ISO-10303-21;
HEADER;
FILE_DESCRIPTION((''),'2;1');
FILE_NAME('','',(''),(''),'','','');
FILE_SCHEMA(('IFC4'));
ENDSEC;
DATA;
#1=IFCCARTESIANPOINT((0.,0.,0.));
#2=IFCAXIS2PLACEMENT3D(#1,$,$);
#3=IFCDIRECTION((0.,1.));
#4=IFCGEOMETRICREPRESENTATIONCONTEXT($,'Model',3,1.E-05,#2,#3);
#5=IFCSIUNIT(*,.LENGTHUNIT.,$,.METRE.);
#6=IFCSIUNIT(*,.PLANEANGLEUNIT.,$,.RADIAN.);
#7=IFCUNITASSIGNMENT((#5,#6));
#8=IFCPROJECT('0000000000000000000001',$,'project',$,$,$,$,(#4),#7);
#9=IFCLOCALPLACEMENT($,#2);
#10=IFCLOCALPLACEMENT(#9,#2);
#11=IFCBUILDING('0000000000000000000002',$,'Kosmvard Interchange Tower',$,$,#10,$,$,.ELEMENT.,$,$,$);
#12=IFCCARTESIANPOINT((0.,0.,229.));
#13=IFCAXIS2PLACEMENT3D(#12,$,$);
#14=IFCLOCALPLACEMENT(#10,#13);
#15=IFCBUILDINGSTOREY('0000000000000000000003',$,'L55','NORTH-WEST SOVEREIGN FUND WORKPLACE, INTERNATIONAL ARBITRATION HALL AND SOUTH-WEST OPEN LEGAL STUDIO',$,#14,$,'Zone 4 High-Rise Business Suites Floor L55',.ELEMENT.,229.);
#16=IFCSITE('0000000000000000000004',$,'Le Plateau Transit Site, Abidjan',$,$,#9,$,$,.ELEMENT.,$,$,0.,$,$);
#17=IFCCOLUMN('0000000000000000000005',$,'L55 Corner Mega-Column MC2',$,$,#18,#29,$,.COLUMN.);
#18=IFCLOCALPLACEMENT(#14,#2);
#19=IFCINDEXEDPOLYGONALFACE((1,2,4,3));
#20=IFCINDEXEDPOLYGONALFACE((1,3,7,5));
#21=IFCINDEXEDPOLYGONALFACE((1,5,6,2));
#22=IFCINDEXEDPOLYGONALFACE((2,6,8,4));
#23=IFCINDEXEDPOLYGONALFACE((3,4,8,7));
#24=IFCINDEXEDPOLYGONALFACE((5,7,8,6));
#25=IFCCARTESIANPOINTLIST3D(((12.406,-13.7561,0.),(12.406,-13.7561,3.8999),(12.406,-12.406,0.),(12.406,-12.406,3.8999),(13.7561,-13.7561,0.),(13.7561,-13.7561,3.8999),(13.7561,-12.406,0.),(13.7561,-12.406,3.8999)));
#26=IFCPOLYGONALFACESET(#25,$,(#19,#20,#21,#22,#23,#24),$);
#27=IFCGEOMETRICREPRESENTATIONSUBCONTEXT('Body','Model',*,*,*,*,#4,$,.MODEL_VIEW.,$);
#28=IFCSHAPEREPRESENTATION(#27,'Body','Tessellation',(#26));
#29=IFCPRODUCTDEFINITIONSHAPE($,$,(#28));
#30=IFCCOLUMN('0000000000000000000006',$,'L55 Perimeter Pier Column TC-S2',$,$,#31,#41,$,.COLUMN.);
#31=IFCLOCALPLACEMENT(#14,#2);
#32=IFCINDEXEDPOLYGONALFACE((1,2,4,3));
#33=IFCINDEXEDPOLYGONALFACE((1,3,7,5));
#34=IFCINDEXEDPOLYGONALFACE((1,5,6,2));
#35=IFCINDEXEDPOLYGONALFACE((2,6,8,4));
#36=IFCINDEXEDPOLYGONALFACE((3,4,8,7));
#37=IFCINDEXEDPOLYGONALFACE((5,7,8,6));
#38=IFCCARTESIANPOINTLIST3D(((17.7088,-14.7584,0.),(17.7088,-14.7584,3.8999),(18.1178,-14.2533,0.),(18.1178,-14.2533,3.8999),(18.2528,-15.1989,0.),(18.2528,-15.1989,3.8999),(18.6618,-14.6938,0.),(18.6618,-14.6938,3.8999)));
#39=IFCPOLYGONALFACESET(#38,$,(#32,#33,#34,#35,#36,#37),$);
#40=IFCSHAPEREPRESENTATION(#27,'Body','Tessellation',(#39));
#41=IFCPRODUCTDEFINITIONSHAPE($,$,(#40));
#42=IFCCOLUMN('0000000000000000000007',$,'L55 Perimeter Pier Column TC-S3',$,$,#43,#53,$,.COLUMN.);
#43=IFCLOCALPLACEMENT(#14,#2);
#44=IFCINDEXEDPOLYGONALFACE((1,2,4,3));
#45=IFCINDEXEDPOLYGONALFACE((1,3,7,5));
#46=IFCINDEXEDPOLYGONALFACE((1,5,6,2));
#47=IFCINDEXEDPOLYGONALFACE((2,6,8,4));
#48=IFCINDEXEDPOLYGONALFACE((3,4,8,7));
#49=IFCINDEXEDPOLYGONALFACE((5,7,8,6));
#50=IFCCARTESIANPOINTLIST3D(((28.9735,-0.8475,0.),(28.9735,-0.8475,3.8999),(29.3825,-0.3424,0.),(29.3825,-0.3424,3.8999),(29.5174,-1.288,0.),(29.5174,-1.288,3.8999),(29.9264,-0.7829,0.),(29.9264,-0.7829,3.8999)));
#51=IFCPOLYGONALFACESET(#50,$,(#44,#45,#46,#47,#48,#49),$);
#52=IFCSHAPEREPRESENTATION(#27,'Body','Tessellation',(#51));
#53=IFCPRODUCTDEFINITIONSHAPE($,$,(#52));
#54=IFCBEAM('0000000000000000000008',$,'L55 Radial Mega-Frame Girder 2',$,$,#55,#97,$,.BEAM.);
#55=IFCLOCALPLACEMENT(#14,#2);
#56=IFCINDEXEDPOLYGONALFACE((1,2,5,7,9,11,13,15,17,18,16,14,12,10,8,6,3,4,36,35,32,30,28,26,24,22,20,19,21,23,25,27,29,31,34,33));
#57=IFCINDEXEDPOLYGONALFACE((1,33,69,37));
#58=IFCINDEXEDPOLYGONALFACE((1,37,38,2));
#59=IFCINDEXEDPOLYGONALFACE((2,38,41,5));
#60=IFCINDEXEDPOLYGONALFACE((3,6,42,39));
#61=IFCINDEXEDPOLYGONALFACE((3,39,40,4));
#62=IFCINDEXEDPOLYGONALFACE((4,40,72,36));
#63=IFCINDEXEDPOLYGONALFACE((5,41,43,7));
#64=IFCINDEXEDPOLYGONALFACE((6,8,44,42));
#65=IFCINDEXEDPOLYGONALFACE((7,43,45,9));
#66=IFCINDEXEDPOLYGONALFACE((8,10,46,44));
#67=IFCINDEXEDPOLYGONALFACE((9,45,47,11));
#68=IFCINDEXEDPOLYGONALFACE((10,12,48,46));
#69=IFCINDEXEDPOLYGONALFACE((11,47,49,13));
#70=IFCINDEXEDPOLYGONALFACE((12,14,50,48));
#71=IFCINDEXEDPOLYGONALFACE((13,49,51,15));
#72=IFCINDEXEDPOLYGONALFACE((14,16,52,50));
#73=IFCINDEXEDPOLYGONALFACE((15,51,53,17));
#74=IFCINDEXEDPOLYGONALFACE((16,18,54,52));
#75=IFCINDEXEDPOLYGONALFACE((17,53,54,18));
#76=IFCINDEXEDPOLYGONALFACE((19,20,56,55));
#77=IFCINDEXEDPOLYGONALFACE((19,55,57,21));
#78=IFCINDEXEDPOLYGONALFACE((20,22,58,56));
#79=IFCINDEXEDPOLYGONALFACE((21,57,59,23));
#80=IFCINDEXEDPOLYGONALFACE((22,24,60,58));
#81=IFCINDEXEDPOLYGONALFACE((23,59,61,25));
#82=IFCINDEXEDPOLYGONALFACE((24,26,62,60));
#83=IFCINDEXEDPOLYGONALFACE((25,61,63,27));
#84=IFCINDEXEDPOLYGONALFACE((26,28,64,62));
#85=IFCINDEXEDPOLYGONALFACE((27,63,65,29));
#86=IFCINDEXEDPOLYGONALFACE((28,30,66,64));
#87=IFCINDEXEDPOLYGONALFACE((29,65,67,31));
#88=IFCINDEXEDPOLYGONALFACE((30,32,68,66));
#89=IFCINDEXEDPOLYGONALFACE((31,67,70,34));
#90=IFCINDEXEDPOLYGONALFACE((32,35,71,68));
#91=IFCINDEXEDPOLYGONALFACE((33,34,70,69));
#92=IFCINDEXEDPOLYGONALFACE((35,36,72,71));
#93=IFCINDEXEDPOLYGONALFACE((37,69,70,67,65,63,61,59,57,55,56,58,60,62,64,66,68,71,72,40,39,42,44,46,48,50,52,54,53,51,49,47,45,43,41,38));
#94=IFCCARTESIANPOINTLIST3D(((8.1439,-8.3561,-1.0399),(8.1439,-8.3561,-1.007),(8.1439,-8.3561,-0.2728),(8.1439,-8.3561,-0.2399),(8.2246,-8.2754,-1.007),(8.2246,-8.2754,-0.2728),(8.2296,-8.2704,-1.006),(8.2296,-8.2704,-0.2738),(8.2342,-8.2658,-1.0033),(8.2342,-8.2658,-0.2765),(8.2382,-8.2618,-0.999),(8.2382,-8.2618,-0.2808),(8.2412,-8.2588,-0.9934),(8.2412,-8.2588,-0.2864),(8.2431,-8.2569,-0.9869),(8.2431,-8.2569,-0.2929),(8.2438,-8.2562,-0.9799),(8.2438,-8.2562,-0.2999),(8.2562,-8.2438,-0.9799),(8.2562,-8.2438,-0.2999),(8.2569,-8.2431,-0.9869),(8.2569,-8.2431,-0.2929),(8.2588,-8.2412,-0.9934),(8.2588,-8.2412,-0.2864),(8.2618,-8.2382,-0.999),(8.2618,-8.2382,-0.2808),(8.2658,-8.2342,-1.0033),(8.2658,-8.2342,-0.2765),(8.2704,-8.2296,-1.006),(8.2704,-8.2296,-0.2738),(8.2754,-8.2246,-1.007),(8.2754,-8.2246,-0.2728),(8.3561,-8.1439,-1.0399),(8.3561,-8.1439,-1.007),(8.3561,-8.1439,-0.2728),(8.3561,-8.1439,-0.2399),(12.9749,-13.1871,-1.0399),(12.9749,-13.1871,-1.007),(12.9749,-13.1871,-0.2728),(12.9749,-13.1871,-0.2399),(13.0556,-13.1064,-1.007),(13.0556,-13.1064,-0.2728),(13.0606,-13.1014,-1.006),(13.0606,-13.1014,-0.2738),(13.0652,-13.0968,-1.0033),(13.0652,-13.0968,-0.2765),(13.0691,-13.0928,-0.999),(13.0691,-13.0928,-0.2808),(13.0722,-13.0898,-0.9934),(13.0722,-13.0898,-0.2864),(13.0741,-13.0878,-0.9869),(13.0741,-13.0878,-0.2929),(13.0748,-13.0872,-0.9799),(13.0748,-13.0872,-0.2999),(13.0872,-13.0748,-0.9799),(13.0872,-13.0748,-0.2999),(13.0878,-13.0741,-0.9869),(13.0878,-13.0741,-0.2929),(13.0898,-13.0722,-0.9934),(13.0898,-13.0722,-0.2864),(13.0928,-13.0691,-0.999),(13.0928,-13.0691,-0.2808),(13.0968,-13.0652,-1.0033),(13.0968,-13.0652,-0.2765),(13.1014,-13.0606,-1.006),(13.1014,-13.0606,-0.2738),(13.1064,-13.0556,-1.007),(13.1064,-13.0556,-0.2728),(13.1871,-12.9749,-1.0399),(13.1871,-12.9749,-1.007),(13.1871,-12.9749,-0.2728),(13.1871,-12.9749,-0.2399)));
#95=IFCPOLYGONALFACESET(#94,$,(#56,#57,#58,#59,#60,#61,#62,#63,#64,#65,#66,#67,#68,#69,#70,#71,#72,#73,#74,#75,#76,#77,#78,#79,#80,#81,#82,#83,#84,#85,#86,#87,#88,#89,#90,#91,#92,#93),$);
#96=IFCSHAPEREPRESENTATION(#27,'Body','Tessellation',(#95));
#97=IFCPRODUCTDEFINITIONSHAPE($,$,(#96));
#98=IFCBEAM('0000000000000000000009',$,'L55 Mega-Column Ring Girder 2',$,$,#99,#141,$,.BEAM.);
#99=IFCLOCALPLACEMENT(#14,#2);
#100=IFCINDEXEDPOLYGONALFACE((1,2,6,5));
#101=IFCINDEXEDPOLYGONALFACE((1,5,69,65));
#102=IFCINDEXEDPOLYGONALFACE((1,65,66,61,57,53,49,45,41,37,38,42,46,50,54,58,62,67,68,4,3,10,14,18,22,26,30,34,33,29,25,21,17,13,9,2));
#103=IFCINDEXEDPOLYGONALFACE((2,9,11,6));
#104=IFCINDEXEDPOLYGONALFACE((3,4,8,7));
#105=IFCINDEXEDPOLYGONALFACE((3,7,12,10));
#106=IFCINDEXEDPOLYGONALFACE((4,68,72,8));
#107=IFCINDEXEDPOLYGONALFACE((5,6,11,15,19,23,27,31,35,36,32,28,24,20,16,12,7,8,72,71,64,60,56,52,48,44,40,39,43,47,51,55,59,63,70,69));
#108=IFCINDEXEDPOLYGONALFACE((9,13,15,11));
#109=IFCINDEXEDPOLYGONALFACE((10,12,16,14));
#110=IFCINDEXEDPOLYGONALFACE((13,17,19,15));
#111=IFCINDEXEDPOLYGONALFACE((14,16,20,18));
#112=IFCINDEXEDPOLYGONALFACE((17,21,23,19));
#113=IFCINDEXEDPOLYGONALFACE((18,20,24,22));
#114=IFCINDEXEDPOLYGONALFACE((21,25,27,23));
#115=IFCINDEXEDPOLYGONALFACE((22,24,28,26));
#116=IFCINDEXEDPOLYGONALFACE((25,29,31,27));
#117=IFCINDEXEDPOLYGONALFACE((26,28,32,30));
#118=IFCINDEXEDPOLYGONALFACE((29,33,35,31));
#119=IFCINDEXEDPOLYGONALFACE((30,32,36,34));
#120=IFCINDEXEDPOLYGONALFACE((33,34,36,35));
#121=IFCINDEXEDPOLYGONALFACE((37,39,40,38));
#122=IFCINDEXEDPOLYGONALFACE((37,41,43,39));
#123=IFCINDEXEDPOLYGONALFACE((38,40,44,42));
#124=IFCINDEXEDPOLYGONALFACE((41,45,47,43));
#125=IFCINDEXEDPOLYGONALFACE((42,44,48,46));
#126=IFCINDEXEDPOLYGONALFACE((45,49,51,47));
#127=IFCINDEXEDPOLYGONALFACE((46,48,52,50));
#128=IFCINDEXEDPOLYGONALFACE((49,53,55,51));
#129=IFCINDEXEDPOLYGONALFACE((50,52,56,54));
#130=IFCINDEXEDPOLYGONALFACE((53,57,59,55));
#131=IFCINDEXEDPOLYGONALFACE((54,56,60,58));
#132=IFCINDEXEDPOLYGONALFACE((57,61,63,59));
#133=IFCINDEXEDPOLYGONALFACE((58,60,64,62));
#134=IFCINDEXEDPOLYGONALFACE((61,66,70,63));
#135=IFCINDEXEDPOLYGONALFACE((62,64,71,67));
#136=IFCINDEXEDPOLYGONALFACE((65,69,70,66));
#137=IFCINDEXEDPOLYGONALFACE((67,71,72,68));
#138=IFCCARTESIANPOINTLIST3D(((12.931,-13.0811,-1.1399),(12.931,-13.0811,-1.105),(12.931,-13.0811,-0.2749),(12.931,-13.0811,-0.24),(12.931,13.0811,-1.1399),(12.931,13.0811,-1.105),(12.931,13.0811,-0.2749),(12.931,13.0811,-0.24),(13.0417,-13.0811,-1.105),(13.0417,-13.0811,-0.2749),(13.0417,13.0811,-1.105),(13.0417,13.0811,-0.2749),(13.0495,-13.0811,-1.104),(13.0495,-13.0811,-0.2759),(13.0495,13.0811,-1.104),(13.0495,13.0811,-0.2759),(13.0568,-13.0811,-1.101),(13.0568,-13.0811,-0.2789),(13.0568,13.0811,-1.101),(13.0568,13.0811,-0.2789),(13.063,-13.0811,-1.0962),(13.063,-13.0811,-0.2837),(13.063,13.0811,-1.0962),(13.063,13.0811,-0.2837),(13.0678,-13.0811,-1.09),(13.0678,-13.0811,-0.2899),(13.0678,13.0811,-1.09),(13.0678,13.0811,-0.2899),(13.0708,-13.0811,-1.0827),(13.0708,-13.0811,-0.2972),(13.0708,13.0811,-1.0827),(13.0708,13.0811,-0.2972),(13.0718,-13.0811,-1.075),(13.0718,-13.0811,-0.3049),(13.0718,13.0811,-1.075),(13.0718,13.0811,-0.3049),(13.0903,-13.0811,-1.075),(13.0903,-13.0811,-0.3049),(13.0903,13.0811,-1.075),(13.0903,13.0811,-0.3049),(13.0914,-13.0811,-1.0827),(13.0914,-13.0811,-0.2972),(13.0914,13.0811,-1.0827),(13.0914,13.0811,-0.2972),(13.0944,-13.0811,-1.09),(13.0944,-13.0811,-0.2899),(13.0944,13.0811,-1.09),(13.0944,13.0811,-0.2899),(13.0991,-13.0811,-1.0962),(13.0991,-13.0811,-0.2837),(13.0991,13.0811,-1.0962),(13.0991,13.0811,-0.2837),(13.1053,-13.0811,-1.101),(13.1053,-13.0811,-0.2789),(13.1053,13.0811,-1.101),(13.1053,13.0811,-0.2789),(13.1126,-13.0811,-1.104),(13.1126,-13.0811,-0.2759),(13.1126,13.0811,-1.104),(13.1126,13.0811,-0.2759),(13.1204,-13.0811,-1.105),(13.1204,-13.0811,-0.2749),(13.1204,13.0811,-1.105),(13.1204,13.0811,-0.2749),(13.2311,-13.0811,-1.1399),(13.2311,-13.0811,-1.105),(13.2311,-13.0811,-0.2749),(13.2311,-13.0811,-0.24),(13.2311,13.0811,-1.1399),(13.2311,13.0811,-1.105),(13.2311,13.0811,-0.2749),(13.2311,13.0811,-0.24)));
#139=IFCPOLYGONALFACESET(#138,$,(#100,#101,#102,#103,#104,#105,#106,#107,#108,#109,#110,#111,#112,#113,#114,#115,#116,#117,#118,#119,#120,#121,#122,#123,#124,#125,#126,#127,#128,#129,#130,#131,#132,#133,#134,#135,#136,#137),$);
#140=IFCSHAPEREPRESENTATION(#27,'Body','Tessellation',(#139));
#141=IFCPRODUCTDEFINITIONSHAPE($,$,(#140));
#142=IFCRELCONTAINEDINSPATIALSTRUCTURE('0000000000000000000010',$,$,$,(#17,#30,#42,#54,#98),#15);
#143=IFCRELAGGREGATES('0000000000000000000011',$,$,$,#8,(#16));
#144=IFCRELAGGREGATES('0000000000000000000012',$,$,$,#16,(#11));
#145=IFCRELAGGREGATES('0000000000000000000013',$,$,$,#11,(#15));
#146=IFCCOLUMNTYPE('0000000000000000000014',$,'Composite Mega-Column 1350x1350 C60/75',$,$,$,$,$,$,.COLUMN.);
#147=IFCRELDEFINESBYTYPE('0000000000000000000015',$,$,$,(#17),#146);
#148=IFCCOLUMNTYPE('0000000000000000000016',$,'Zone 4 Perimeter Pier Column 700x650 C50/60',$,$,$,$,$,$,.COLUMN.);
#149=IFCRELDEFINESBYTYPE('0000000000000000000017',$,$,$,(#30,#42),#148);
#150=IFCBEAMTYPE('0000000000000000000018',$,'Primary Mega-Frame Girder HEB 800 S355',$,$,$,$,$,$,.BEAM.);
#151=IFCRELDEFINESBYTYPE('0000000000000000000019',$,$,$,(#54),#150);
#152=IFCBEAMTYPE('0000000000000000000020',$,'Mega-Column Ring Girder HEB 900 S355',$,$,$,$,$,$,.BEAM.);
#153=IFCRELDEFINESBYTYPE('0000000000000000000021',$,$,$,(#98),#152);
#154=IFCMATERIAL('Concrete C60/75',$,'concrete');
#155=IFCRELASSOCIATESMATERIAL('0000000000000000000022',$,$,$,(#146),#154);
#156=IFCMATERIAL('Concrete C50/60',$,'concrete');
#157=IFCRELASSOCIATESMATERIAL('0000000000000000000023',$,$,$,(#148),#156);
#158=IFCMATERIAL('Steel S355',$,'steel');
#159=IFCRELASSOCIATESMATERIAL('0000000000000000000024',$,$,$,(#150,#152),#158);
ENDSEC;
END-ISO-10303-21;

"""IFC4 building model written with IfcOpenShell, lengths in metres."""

from ifc_helpers import new_model, si_unit, direction, frame, origin, origin_2d, place, context, subcontext, project, spatial, rectangle, i_section, extrude, source, transform, mapped, material, material_profile, profile_set, type_object, element, save


model = new_model("IFC4")

# Units and contexts
model_context = context("Model", 3, precision=1e-05, world=origin(), true_north=direction((0.0, 1.0)))
body_context = subcontext(model_context, "Body", "Model", "MODEL_VIEW")
ifc_project = project(units=[si_unit("LENGTHUNIT", "METRE"), si_unit("PLANEANGLEUNIT", "RADIAN")], contexts=[model_context])

# Site, building, storey
site_placement = place(None, origin())
site = spatial("IfcSite", under=ifc_project, at=site_placement, Name="Le Plateau Transit Site, Abidjan", CompositionType="ELEMENT", RefElevation=0.0)
building_placement = place(site_placement, origin())
building = spatial("IfcBuilding", under=site, at=building_placement, Name="Kosmvard Interchange Tower", CompositionType="ELEMENT")
storey_placement = place(building_placement, frame((0.0, 0.0, 229.0)))
storey = spatial("IfcBuildingStorey", under=building, at=storey_placement, Name="L55", Description="NORTH-WEST SOVEREIGN FUND WORKPLACE, INTERNATIONAL ARBITRATION HALL AND SOUTH-WEST OPEN LEGAL STUDIO", LongName="Zone 4 High-Rise Business Suites Floor L55", CompositionType="ELEMENT", Elevation=229.0)

# Columns
ifc_material_1 = material(Name="Concrete C60/75", Category="concrete")
ifc_material_profile_1 = material_profile(ifc_material_1, rectangle(XDim=1.3501, YDim=1.3501, at=origin_2d()), Name="MC 1350x1350")
ifc_profile_set_1 = profile_set([ifc_material_profile_1], Name="Concrete C60/75")
column_type_1 = type_object("IfcColumnType", Name="Composite Mega-Column 1350x1350 C60/75", PredefinedType="COLUMN", material=ifc_profile_set_1)
shared_shape_1 = source(origin(), body_context, "Body", "SweptSolid", [
    extrude(rectangle(XDim=1.3501, YDim=1.3501, at=origin_2d()), origin(), (0.0, 0.0, 1.0), 3.8999),
])
column_placement = place(storey_placement, frame((13.0811, -13.0811, 0.0), z_axis=(0.0, 0.0, 1.0), x_axis=(1.0, 0.0, 0.0)))
element("IfcColumn", 1, at=column_placement, inside=storey, type_object=column_type_1, Name="L55 Corner Mega-Column MC2", PredefinedType="COLUMN", context=body_context, shape_type="MappedRepresentation", body=[
    mapped(shared_shape_1, transform((0.0, 0.0, 0.0), scale=1.0)),
])
ifc_material_2 = material(Name="Concrete C50/60", Category="concrete")
ifc_material_profile_2 = material_profile(ifc_material_2, rectangle(XDim=0.6499, YDim=0.7, at=origin_2d()), Name="TC 700x650")
ifc_profile_set_2 = profile_set([ifc_material_profile_2], Name="Concrete C50/60")
column_type_2 = type_object("IfcColumnType", Name="Zone 4 Perimeter Pier Column 700x650 C50/60", PredefinedType="COLUMN", material=ifc_profile_set_2)
shared_shape_2 = source(origin(), body_context, "Body", "SweptSolid", [
    extrude(rectangle(XDim=0.6499, YDim=0.7, at=origin_2d()), origin(), (0.0, 0.0, 1.0), 3.8999),
])
for number, where, z_axis, x_axis, name in (
    (2, (18.1853, -14.7261, 0.0), (0.0, 0.0, 1.0), (0.62932, 0.777146, 0.0), "L55 Perimeter Pier Column TC-S2"),
    (3, (29.45, -0.8152, 0.0), (0.0, 0.0, 1.0), (0.62932, 0.777146, 0.0), "L55 Perimeter Pier Column TC-S3"),
):
    element("IfcColumn", number, at=place(storey_placement, frame(where, z_axis=z_axis, x_axis=x_axis)), inside=storey, type_object=column_type_2, Name=name, PredefinedType="COLUMN", context=body_context, shape_type="MappedRepresentation", body=[
        mapped(shared_shape_2, transform((0.0, 0.0, 0.0), scale=1.0)),
    ])

# Beams
ifc_material_3 = material(Name="Steel S355", Category="steel")
ifc_material_profile_3 = material_profile(ifc_material_3, i_section(OverallWidth=0.3, OverallDepth=0.8, WebThickness=0.0176, FlangeThickness=0.033, FilletRadius=0.0271, at=origin_2d()), Name="HEB 800")
ifc_profile_set_3 = profile_set([ifc_material_profile_3], Name="Steel S355")
beam_type_1 = type_object("IfcBeamType", Name="Primary Mega-Frame Girder HEB 800 S355", PredefinedType="BEAM", material=ifc_profile_set_3)
shared_shape_3 = source(origin(), body_context, "Body", "SweptSolid", [
    extrude(i_section(OverallWidth=0.3, OverallDepth=0.8, WebThickness=0.0176, FlangeThickness=0.033, FilletRadius=0.0271, at=origin_2d()), origin(), (0.0, 0.0, 1.0), 6.832),
])
beam_1_placement = place(storey_placement, frame((8.25, -8.25, -0.6399), z_axis=(0.707107, -0.707107, 0.0), x_axis=(0.707107, 0.707107, 0.0)))
element("IfcBeam", 4, at=beam_1_placement, inside=storey, type_object=beam_type_1, Name="L55 Radial Mega-Frame Girder 2", PredefinedType="BEAM", context=body_context, shape_type="MappedRepresentation", body=[
    mapped(shared_shape_3, transform((0.0, 0.0, 0.0), scale=1.0)),
])
ifc_material_profile_4 = material_profile(ifc_material_3, i_section(OverallWidth=0.3, OverallDepth=0.8999, WebThickness=0.0186, FlangeThickness=0.0349, FilletRadius=0.03, at=origin_2d()), Name="HEB 900")
ifc_profile_set_4 = profile_set([ifc_material_profile_4], Name="Steel S355")
beam_type_2 = type_object("IfcBeamType", Name="Mega-Column Ring Girder HEB 900 S355", PredefinedType="BEAM", material=ifc_profile_set_4)
shared_shape_4 = source(origin(), body_context, "Body", "SweptSolid", [
    extrude(i_section(OverallWidth=0.3, OverallDepth=0.8999, WebThickness=0.0186, FlangeThickness=0.0349, FilletRadius=0.03, at=origin_2d()), origin(), (0.0, 0.0, 1.0), 26.1621),
])
beam_2_placement = place(storey_placement, frame((13.0811, -13.0811, -0.6899), z_axis=(0.0, 1.0, 0.0), x_axis=(-1.0, 0.0, 0.0)))
element("IfcBeam", 5, at=beam_2_placement, inside=storey, type_object=beam_type_2, Name="L55 Mega-Column Ring Girder 2", PredefinedType="BEAM", context=body_context, shape_type="MappedRepresentation", body=[
    mapped(shared_shape_4, transform((0.0, 0.0, 0.0), scale=1.0)),
])

save(model, "model.ifc")
